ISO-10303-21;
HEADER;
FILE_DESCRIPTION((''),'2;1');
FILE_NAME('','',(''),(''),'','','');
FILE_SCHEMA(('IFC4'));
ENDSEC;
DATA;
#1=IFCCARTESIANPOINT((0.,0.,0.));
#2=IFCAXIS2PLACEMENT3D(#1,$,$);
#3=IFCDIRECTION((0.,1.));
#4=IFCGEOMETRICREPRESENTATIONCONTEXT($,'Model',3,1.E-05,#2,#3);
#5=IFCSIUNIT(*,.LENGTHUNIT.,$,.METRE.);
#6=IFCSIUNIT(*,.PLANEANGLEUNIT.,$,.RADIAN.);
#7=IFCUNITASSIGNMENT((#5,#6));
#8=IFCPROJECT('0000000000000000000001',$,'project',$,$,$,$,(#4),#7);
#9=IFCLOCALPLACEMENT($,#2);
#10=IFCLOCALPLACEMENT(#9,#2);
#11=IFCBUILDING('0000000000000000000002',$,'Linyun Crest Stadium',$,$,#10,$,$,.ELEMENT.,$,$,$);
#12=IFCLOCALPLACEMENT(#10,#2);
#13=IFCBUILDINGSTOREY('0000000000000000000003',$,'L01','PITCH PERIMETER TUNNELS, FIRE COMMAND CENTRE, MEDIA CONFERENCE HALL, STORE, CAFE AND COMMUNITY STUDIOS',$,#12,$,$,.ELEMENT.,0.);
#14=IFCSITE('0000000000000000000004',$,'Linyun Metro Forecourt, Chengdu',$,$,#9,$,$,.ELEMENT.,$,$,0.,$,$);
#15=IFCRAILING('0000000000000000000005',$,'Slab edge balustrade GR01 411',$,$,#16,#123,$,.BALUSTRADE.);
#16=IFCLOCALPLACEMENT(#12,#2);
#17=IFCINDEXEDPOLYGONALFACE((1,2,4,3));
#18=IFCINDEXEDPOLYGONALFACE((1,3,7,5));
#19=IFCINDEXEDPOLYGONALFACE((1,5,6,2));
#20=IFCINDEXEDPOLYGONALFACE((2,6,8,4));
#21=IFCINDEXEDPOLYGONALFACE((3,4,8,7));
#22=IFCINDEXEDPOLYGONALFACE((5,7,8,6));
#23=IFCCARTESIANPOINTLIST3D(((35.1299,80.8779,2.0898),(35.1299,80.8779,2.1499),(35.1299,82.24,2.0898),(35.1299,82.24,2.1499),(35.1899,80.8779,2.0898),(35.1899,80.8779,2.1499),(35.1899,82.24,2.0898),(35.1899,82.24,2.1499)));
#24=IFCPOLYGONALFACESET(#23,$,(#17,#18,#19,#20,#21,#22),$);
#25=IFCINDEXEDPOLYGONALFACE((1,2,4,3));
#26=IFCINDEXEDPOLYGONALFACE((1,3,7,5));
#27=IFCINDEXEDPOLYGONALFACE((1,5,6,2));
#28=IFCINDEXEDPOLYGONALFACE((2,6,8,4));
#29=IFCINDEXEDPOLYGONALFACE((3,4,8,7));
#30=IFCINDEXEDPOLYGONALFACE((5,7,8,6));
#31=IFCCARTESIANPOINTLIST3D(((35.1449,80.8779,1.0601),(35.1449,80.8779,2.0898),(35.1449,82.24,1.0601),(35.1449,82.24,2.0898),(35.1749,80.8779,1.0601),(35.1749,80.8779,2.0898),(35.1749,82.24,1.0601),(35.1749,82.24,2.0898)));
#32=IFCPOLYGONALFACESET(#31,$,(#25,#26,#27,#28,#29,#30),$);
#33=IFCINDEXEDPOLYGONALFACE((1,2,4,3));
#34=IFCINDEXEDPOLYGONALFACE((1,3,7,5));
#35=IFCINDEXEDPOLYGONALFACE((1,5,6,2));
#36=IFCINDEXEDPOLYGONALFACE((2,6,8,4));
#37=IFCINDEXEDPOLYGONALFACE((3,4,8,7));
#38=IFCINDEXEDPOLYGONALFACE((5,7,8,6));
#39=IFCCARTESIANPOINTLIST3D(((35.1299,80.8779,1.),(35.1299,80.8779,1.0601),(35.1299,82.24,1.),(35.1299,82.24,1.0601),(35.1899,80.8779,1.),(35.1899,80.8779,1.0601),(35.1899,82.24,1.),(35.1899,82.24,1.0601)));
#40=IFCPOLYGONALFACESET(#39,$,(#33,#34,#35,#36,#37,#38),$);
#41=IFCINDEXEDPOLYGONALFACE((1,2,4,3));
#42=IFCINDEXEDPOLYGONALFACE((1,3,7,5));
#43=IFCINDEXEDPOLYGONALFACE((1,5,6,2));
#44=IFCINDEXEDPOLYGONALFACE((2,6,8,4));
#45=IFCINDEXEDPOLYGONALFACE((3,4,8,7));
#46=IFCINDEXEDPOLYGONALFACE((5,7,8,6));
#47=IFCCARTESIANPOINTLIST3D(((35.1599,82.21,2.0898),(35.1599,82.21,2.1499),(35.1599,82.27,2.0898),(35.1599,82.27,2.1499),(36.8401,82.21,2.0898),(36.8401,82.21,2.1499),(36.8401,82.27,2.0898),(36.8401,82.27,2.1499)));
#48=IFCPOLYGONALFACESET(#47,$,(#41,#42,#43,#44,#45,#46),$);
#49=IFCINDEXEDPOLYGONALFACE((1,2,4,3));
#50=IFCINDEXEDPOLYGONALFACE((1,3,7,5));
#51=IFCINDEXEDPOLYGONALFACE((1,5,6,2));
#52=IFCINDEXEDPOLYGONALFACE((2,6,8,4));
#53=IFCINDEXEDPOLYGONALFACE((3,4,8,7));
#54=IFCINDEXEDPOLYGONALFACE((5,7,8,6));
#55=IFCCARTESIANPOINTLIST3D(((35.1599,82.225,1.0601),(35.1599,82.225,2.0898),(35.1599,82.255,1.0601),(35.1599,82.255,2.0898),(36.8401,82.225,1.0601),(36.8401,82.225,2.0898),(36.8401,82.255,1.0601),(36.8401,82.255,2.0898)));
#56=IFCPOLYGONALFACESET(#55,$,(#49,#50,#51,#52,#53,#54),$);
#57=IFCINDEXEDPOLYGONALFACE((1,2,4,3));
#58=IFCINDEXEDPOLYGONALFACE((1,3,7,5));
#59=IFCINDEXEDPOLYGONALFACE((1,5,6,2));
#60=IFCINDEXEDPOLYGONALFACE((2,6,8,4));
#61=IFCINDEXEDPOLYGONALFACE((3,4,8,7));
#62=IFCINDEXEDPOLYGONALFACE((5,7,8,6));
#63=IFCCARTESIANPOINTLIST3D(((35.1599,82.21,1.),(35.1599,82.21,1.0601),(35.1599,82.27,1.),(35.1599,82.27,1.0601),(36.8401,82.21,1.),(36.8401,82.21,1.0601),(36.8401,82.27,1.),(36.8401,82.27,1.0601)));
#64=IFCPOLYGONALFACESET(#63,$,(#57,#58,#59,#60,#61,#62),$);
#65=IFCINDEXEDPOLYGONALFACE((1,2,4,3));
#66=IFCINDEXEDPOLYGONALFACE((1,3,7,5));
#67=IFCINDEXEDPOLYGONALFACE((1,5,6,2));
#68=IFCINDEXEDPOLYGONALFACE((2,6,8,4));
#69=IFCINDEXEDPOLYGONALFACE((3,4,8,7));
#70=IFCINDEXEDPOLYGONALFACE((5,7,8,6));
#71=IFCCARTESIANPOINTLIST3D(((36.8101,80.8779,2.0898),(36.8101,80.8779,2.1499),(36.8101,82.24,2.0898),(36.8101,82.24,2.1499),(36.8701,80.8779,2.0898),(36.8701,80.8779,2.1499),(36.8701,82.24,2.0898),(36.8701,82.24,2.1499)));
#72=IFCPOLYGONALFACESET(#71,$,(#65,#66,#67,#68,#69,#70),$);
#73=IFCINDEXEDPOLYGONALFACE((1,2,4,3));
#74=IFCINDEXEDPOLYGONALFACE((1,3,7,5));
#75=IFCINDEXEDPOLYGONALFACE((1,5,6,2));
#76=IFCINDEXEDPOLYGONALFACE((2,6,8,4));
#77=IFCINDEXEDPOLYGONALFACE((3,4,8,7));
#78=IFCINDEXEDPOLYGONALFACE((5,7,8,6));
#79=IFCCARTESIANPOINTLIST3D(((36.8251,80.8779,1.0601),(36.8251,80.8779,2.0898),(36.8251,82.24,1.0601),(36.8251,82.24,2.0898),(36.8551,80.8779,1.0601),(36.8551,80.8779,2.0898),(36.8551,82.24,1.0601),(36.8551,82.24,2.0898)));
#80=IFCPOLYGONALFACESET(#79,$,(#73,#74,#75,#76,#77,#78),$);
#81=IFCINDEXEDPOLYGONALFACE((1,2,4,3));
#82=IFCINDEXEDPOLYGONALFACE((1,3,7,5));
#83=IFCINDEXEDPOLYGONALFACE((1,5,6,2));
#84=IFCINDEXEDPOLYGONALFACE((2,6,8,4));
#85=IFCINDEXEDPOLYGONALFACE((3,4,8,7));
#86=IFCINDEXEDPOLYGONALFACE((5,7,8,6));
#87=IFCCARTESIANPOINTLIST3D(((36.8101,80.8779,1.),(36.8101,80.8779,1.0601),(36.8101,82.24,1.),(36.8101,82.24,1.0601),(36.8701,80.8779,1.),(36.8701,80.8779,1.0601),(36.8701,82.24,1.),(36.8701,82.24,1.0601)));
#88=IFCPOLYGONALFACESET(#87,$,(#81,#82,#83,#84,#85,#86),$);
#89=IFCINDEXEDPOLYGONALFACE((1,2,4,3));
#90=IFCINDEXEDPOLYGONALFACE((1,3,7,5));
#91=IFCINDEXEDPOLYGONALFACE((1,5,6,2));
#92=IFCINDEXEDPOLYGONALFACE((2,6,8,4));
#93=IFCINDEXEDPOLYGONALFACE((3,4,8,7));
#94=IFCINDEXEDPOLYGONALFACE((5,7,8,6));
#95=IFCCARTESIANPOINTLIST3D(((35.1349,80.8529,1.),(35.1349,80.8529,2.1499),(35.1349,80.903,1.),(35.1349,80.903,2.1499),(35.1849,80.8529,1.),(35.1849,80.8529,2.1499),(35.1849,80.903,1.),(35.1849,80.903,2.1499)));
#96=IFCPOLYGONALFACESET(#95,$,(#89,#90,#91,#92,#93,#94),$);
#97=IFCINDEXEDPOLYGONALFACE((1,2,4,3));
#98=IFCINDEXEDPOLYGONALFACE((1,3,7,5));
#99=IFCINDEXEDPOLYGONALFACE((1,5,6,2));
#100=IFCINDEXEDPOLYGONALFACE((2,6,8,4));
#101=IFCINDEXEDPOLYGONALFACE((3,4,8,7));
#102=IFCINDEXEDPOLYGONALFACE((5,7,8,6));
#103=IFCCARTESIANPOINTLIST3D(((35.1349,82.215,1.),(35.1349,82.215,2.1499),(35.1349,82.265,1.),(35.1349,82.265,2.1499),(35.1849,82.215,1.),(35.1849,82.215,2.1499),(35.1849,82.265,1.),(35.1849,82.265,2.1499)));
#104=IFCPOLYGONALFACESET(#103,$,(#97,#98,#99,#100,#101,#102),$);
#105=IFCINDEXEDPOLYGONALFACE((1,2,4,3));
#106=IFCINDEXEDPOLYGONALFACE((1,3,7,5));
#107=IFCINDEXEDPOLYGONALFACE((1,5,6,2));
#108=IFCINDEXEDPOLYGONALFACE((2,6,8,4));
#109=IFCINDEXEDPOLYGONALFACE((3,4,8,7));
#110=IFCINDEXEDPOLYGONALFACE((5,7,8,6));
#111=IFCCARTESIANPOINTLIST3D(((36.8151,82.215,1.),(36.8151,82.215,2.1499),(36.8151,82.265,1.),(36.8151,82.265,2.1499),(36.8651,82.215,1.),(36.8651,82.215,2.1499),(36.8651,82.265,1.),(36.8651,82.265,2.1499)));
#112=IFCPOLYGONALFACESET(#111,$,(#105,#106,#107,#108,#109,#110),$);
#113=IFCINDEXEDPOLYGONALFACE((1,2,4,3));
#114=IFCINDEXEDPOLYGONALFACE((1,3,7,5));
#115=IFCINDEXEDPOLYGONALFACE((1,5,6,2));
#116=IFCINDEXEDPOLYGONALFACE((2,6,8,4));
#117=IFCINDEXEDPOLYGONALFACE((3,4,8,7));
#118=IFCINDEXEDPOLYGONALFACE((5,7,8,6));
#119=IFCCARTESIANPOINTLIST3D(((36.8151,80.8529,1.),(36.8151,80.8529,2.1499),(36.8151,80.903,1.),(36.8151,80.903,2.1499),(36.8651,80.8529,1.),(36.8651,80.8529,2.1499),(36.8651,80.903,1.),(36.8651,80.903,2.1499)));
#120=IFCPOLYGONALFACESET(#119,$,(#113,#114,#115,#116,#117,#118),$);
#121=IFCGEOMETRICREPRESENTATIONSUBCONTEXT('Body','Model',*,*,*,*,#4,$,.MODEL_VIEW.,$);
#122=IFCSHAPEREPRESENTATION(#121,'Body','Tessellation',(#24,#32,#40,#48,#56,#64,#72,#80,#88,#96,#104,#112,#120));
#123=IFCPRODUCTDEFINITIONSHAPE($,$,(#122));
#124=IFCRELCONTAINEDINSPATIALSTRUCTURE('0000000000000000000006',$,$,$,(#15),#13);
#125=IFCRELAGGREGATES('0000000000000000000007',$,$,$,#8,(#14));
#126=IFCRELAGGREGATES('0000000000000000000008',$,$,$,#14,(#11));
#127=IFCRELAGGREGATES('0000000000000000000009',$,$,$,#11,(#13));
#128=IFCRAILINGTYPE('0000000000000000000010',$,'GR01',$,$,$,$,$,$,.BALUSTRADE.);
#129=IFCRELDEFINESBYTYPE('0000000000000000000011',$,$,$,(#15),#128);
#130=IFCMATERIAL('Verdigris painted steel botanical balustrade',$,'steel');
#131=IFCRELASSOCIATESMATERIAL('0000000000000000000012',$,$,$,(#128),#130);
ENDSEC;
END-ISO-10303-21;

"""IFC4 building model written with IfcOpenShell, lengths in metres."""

from ifc_helpers import new_model, si_unit, direction, frame, origin, origin_2d, place, context, subcontext, project, spatial, rectangle, extrude, material, type_object, element, save


model = new_model("IFC4")

# Units and contexts
model_context = context("Model", 3, precision=1e-05, world=origin(), true_north=direction((0.0, 1.0)))
body_context = subcontext(model_context, "Body", "Model", "MODEL_VIEW")
ifc_project = project(units=[si_unit("LENGTHUNIT", "METRE"), si_unit("PLANEANGLEUNIT", "RADIAN")], contexts=[model_context])

# Site, building, storey
site_placement = place(None, origin())
site = spatial("IfcSite", under=ifc_project, at=site_placement, Name="Linyun Metro Forecourt, Chengdu", CompositionType="ELEMENT", RefElevation=0.0)
building_placement = place(site_placement, origin())
building = spatial("IfcBuilding", under=site, at=building_placement, Name="Linyun Crest Stadium", CompositionType="ELEMENT")
storey_placement = place(building_placement, origin())
storey = spatial("IfcBuildingStorey", under=building, at=storey_placement, Name="L01", Description="PITCH PERIMETER TUNNELS, FIRE COMMAND CENTRE, MEDIA CONFERENCE HALL, STORE, CAFE AND COMMUNITY STUDIOS", CompositionType="ELEMENT", Elevation=0.0)

# Railing
ifc_material_1 = material(Name="Verdigris painted steel botanical balustrade", Category="steel")
railing_type = type_object("IfcRailingType", Name="GR01", PredefinedType="BALUSTRADE", material=ifc_material_1)
railing_placement = place(storey_placement, frame((35.1599, 80.8779, 1.0)))
element("IfcRailing", 1, at=railing_placement, inside=storey, type_object=railing_type, Name="Slab edge balustrade GR01 411", PredefinedType="BALUSTRADE", context=body_context, shape_type="SweptSolid", body=[
    extrude(rectangle(XDim=0.0601, YDim=0.0601, at=origin_2d()), frame((0.0, 0.0, 1.1199), z_axis=(0.0, 1.0, 0.0), x_axis=(-1.0, 0.0, 0.0)), (0.0, 0.0, 1.0), 1.3621),
    extrude(rectangle(XDim=0.03, YDim=1.0298, at=origin_2d()), frame((0.0, 0.0, 0.575), z_axis=(0.0, 1.0, 0.0), x_axis=(-1.0, 0.0, 0.0)), (0.0, 0.0, 1.0), 1.3621),
    extrude(rectangle(XDim=0.0601, YDim=0.0601, at=origin_2d()), frame((0.0, 0.0, 0.03), z_axis=(0.0, 1.0, 0.0), x_axis=(-1.0, 0.0, 0.0)), (0.0, 0.0, 1.0), 1.3621),
    extrude(rectangle(XDim=0.0601, YDim=0.0601, at=origin_2d()), frame((0.0, 1.3621, 1.1199), z_axis=(1.0, 0.0, 0.0), x_axis=(0.0, 1.0, 0.0)), (0.0, 0.0, 1.0), 1.6802),
    extrude(rectangle(XDim=0.03, YDim=1.0298, at=origin_2d()), frame((0.0, 1.3621, 0.575), z_axis=(1.0, 0.0, 0.0), x_axis=(0.0, 1.0, 0.0)), (0.0, 0.0, 1.0), 1.6802),
    extrude(rectangle(XDim=0.0601, YDim=0.0601, at=origin_2d()), frame((0.0, 1.3621, 0.03), z_axis=(1.0, 0.0, 0.0), x_axis=(0.0, 1.0, 0.0)), (0.0, 0.0, 1.0), 1.6802),
    extrude(rectangle(XDim=0.0601, YDim=0.0601, at=origin_2d()), frame((1.6802, 1.3621, 1.1199), z_axis=(0.0, -1.0, 0.0), x_axis=(1.0, 0.0, 0.0)), (0.0, 0.0, 1.0), 1.3621),
    extrude(rectangle(XDim=0.03, YDim=1.0298, at=origin_2d()), frame((1.6802, 1.3621, 0.575), z_axis=(0.0, -1.0, 0.0), x_axis=(1.0, 0.0, 0.0)), (0.0, 0.0, 1.0), 1.3621),
    extrude(rectangle(XDim=0.0601, YDim=0.0601, at=origin_2d()), frame((1.6802, 1.3621, 0.03), z_axis=(0.0, -1.0, 0.0), x_axis=(1.0, 0.0, 0.0)), (0.0, 0.0, 1.0), 1.3621),
    extrude(rectangle(XDim=0.05, YDim=0.05, at=origin_2d()), origin(), (0.0, 0.0, 1.0), 1.1499),
    extrude(rectangle(XDim=0.05, YDim=0.05, at=origin_2d()), frame((0.0, 1.3621, 0.0)), (0.0, 0.0, 1.0), 1.1499),
    extrude(rectangle(XDim=0.05, YDim=0.05, at=origin_2d()), frame((1.6802, 1.3621, 0.0)), (0.0, 0.0, 1.0), 1.1499),
    extrude(rectangle(XDim=0.05, YDim=0.05, at=origin_2d()), frame((1.6802, 0.0, 0.0)), (0.0, 0.0, 1.0), 1.1499),
])

save(model, "model.ifc")
